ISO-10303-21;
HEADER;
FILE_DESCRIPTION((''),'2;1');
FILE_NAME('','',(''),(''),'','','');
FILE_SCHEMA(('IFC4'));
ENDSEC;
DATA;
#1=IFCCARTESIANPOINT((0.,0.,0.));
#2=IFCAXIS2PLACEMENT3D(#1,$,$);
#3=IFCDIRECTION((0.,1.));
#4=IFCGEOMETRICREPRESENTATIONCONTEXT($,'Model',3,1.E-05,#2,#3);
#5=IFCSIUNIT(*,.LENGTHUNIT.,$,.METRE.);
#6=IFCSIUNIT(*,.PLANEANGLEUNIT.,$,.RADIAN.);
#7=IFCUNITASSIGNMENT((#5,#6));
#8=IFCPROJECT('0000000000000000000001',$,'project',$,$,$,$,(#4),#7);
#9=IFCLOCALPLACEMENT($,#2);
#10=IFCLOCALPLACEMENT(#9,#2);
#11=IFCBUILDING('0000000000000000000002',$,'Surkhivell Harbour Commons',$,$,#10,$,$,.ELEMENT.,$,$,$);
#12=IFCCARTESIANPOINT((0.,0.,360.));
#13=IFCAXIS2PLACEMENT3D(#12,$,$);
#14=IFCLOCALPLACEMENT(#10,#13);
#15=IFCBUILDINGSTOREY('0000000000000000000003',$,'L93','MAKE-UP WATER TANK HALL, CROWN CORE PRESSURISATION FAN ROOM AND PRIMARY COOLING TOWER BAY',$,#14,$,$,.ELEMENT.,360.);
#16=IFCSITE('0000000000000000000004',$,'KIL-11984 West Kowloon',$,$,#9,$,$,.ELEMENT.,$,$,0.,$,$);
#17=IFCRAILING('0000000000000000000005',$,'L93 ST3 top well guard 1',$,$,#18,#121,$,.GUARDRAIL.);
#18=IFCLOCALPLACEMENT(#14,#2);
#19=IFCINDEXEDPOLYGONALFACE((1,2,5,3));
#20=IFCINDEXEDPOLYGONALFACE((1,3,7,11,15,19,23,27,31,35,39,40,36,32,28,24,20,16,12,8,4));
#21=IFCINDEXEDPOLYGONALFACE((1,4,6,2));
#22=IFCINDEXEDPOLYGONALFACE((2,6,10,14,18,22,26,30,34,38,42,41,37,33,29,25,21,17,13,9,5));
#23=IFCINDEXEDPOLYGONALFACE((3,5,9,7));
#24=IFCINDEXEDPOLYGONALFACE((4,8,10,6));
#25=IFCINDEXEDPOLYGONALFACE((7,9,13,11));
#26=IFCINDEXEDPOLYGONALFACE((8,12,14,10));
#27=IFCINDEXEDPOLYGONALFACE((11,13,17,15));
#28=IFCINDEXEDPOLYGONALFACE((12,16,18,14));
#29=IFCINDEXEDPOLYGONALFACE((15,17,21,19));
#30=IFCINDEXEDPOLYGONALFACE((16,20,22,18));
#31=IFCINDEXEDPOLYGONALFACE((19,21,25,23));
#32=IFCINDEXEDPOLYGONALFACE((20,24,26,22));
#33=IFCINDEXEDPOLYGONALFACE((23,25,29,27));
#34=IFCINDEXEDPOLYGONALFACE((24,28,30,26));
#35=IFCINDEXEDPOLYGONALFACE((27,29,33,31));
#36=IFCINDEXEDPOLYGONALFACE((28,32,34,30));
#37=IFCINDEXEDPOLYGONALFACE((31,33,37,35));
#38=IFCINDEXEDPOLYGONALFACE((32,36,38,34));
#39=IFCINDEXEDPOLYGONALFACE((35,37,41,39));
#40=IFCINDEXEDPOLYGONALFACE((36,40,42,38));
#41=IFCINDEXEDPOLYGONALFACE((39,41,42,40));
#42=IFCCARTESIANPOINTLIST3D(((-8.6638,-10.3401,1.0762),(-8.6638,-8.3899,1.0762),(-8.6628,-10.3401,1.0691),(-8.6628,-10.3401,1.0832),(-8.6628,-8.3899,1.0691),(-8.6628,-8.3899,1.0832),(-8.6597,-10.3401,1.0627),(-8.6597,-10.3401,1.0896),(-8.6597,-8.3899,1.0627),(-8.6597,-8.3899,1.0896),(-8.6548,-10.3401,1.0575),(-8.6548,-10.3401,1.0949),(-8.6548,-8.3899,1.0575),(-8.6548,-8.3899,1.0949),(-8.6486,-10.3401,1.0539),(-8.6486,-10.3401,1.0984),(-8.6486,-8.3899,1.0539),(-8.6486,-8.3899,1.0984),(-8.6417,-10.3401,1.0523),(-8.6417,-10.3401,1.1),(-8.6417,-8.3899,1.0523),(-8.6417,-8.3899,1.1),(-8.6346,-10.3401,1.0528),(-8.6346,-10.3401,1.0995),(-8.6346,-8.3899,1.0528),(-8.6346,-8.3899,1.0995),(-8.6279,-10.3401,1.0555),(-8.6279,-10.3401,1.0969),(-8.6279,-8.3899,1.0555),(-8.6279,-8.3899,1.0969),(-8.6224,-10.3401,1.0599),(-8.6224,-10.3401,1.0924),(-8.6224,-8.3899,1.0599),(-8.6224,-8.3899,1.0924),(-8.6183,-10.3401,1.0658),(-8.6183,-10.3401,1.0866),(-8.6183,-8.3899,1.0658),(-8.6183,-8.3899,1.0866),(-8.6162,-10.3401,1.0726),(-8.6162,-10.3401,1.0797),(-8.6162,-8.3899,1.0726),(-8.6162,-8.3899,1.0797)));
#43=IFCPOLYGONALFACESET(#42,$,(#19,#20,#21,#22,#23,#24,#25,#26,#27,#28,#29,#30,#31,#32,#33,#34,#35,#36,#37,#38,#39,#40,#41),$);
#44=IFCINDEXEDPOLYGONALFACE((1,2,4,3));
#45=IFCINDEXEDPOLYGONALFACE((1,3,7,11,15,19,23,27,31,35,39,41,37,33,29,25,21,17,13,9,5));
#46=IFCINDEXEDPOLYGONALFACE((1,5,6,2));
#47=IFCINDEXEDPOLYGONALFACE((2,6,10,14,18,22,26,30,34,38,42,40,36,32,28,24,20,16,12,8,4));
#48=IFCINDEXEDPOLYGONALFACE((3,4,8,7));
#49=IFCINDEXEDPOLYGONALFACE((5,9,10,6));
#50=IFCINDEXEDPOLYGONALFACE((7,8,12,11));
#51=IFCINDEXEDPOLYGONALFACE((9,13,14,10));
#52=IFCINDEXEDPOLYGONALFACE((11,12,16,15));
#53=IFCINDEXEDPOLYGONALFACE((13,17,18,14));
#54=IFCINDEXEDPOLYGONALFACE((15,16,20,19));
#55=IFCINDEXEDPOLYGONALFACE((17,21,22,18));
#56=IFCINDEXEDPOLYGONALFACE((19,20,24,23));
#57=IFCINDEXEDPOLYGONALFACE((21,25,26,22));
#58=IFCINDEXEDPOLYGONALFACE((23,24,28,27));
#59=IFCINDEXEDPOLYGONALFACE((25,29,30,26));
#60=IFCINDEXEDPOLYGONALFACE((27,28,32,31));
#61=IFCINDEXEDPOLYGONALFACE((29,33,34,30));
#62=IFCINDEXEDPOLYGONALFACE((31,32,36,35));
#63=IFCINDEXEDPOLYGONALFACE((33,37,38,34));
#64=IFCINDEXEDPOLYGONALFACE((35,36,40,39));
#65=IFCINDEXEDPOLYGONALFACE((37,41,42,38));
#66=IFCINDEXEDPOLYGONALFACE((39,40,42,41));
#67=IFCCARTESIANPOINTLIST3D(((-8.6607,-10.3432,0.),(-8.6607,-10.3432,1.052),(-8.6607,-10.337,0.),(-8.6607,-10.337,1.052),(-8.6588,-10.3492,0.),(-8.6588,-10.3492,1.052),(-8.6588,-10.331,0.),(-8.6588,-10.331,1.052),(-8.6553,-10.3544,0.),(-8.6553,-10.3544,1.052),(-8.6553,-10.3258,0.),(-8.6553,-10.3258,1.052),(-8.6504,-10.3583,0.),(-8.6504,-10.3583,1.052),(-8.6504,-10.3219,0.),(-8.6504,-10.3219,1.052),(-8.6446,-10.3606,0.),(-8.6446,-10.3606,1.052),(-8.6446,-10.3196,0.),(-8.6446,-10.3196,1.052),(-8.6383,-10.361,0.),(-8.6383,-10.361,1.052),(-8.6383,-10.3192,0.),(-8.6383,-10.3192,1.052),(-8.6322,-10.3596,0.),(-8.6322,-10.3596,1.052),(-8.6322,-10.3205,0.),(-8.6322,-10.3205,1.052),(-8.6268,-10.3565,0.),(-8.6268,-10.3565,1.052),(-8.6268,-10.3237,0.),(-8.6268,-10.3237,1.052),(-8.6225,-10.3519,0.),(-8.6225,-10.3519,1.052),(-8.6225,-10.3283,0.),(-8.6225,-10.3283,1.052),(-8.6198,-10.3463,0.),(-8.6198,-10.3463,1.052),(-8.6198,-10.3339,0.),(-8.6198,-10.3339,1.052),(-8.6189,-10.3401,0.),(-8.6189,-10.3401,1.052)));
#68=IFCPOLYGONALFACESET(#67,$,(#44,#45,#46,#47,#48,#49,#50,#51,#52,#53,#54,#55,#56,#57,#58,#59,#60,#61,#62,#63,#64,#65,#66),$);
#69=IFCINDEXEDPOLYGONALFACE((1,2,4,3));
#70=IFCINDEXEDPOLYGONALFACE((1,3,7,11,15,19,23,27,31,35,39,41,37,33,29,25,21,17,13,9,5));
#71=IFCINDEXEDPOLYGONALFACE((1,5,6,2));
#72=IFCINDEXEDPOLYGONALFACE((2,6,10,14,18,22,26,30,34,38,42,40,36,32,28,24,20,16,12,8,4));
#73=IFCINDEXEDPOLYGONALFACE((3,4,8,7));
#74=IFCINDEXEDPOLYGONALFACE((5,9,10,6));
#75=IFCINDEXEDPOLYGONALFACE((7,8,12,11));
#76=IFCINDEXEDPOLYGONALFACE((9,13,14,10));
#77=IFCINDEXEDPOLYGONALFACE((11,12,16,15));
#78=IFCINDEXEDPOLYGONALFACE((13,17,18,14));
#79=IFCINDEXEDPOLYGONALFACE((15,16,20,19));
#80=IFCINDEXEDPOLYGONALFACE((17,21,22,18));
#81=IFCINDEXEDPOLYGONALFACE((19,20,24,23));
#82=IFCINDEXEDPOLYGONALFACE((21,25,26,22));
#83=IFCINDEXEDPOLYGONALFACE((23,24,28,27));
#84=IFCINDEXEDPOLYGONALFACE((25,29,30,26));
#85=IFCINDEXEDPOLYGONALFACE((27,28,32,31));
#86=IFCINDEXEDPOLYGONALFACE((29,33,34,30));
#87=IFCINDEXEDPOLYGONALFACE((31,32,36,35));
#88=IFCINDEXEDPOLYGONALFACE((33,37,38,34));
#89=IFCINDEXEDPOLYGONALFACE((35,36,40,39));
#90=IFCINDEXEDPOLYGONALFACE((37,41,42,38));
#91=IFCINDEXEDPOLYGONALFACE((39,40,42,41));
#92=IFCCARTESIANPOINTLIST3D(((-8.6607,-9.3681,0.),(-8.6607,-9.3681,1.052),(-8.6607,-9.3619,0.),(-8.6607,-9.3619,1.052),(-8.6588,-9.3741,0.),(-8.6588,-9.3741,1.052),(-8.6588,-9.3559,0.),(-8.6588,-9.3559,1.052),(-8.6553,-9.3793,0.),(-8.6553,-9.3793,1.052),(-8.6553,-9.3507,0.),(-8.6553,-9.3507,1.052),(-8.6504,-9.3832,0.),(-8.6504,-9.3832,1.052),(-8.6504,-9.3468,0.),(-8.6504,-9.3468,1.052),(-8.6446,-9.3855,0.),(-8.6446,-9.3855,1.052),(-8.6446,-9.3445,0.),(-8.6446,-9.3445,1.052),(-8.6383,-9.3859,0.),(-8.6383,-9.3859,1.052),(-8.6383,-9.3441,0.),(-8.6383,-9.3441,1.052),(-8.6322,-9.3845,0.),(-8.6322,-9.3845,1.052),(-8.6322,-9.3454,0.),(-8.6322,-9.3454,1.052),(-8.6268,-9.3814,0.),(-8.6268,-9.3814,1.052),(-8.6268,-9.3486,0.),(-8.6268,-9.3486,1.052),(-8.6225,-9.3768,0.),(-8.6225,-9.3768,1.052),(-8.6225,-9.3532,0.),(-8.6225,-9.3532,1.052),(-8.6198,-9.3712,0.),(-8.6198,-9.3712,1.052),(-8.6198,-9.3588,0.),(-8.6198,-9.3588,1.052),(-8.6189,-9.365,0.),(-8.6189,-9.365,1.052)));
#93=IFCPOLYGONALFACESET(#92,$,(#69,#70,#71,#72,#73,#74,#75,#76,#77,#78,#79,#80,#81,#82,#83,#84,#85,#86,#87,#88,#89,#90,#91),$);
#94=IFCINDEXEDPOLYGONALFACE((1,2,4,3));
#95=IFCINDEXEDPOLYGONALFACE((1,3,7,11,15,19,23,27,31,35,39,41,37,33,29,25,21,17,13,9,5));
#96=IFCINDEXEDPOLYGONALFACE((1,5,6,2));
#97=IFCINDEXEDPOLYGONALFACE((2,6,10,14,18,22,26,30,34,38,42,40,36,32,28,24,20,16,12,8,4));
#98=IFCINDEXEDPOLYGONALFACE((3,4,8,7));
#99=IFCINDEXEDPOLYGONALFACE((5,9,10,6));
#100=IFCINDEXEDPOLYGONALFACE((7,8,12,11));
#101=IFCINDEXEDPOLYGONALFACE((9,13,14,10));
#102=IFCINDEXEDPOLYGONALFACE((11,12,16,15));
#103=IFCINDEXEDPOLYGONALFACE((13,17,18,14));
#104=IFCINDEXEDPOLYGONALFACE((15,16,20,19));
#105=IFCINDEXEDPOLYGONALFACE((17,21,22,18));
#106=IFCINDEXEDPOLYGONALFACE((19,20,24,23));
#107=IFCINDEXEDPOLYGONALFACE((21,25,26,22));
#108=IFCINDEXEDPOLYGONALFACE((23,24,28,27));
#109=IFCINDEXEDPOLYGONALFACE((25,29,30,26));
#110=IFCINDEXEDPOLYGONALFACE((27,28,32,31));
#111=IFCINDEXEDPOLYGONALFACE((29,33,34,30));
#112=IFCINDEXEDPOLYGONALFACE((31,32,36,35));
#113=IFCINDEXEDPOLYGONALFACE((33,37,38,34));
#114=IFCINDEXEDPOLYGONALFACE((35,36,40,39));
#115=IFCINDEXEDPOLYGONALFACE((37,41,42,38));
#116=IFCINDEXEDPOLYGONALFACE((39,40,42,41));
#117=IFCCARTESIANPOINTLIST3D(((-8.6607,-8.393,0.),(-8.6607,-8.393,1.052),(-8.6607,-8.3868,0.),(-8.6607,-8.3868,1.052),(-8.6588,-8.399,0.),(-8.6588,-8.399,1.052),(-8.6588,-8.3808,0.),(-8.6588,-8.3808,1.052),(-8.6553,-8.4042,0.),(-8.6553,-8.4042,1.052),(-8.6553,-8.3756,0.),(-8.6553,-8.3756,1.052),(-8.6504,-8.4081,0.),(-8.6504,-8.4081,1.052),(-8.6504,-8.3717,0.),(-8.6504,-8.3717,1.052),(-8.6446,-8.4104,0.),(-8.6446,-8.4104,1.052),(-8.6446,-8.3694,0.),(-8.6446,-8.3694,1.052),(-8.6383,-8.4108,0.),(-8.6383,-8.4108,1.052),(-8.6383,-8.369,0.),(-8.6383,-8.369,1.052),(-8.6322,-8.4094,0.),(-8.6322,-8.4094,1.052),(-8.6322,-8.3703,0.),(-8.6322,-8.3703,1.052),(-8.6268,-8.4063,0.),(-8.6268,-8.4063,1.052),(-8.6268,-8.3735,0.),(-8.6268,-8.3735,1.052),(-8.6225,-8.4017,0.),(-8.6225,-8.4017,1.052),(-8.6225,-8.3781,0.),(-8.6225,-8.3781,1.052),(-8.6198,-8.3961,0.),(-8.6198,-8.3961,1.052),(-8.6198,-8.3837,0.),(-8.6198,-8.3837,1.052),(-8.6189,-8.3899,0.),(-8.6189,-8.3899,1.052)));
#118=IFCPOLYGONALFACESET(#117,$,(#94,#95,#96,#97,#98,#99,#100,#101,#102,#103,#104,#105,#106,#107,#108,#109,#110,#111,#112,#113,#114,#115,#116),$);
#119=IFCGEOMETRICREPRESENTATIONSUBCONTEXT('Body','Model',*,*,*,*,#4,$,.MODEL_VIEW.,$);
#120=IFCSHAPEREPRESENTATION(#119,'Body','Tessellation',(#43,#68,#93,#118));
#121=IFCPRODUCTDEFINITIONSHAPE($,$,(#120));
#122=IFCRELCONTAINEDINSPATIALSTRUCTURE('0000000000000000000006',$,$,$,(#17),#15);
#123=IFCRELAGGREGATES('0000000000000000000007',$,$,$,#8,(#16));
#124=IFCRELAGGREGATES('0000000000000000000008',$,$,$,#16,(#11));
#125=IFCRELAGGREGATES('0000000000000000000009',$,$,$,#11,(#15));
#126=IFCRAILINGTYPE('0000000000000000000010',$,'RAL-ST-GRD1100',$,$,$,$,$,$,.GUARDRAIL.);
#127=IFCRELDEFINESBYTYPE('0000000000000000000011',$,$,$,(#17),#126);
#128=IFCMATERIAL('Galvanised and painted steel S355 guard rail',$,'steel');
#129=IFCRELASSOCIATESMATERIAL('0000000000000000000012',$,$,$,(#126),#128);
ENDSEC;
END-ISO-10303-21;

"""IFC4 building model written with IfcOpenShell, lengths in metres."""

from ifc_helpers import new_model, si_unit, direction, frame, origin, origin_2d, place, context, subcontext, project, spatial, circle, extrude, material, type_object, element, save


model = new_model("IFC4")

# Units and contexts
model_context = context("Model", 3, precision=1e-05, world=origin(), true_north=direction((0.0, 1.0)))
body_context = subcontext(model_context, "Body", "Model", "MODEL_VIEW")
ifc_project = project(units=[si_unit("LENGTHUNIT", "METRE"), si_unit("PLANEANGLEUNIT", "RADIAN")], contexts=[model_context])

# Site, building, storey
site_placement = place(None, origin())
site = spatial("IfcSite", under=ifc_project, at=site_placement, Name="KIL-11984 West Kowloon", CompositionType="ELEMENT", RefElevation=0.0)
building_placement = place(site_placement, origin())
building = spatial("IfcBuilding", under=site, at=building_placement, Name="Surkhivell Harbour Commons", CompositionType="ELEMENT")
storey_placement = place(building_placement, frame((0.0, 0.0, 360.0)))
storey = spatial("IfcBuildingStorey", under=building, at=storey_placement, Name="L93", Description="MAKE-UP WATER TANK HALL, CROWN CORE PRESSURISATION FAN ROOM AND PRIMARY COOLING TOWER BAY", CompositionType="ELEMENT", Elevation=360.0)

# Railing
ifc_material_1 = material(Name="Galvanised and painted steel S355 guard rail", Category="steel")
railing_type = type_object("IfcRailingType", Name="RAL-ST-GRD1100", PredefinedType="GUARDRAIL", material=ifc_material_1)
railing_placement = place(storey_placement, frame((-8.6399, -10.3401, 0.0)))
element("IfcRailing", 1, at=railing_placement, inside=storey, type_object=railing_type, Name="L93 ST3 top well guard 1", PredefinedType="GUARDRAIL", context=body_context, shape_type="SweptSolid", body=[
    extrude(circle(Radius=0.0239, at=origin_2d()), frame((0.0, 0.0, 1.0762), z_axis=(0.0, 1.0, 0.0), x_axis=(-1.0, 0.0, 0.0)), (0.0, 0.0, 1.0), 1.9502),
    extrude(circle(Radius=0.021, at=origin_2d()), origin(), (0.0, 0.0, 1.0), 1.052),
    extrude(circle(Radius=0.021, at=origin_2d()), frame((0.0, 0.9751, 0.0)), (0.0, 0.0, 1.0), 1.052),
    extrude(circle(Radius=0.021, at=origin_2d()), frame((0.0, 1.9502, 0.0)), (0.0, 0.0, 1.0), 1.052),
])

save(model, "model.ifc")
